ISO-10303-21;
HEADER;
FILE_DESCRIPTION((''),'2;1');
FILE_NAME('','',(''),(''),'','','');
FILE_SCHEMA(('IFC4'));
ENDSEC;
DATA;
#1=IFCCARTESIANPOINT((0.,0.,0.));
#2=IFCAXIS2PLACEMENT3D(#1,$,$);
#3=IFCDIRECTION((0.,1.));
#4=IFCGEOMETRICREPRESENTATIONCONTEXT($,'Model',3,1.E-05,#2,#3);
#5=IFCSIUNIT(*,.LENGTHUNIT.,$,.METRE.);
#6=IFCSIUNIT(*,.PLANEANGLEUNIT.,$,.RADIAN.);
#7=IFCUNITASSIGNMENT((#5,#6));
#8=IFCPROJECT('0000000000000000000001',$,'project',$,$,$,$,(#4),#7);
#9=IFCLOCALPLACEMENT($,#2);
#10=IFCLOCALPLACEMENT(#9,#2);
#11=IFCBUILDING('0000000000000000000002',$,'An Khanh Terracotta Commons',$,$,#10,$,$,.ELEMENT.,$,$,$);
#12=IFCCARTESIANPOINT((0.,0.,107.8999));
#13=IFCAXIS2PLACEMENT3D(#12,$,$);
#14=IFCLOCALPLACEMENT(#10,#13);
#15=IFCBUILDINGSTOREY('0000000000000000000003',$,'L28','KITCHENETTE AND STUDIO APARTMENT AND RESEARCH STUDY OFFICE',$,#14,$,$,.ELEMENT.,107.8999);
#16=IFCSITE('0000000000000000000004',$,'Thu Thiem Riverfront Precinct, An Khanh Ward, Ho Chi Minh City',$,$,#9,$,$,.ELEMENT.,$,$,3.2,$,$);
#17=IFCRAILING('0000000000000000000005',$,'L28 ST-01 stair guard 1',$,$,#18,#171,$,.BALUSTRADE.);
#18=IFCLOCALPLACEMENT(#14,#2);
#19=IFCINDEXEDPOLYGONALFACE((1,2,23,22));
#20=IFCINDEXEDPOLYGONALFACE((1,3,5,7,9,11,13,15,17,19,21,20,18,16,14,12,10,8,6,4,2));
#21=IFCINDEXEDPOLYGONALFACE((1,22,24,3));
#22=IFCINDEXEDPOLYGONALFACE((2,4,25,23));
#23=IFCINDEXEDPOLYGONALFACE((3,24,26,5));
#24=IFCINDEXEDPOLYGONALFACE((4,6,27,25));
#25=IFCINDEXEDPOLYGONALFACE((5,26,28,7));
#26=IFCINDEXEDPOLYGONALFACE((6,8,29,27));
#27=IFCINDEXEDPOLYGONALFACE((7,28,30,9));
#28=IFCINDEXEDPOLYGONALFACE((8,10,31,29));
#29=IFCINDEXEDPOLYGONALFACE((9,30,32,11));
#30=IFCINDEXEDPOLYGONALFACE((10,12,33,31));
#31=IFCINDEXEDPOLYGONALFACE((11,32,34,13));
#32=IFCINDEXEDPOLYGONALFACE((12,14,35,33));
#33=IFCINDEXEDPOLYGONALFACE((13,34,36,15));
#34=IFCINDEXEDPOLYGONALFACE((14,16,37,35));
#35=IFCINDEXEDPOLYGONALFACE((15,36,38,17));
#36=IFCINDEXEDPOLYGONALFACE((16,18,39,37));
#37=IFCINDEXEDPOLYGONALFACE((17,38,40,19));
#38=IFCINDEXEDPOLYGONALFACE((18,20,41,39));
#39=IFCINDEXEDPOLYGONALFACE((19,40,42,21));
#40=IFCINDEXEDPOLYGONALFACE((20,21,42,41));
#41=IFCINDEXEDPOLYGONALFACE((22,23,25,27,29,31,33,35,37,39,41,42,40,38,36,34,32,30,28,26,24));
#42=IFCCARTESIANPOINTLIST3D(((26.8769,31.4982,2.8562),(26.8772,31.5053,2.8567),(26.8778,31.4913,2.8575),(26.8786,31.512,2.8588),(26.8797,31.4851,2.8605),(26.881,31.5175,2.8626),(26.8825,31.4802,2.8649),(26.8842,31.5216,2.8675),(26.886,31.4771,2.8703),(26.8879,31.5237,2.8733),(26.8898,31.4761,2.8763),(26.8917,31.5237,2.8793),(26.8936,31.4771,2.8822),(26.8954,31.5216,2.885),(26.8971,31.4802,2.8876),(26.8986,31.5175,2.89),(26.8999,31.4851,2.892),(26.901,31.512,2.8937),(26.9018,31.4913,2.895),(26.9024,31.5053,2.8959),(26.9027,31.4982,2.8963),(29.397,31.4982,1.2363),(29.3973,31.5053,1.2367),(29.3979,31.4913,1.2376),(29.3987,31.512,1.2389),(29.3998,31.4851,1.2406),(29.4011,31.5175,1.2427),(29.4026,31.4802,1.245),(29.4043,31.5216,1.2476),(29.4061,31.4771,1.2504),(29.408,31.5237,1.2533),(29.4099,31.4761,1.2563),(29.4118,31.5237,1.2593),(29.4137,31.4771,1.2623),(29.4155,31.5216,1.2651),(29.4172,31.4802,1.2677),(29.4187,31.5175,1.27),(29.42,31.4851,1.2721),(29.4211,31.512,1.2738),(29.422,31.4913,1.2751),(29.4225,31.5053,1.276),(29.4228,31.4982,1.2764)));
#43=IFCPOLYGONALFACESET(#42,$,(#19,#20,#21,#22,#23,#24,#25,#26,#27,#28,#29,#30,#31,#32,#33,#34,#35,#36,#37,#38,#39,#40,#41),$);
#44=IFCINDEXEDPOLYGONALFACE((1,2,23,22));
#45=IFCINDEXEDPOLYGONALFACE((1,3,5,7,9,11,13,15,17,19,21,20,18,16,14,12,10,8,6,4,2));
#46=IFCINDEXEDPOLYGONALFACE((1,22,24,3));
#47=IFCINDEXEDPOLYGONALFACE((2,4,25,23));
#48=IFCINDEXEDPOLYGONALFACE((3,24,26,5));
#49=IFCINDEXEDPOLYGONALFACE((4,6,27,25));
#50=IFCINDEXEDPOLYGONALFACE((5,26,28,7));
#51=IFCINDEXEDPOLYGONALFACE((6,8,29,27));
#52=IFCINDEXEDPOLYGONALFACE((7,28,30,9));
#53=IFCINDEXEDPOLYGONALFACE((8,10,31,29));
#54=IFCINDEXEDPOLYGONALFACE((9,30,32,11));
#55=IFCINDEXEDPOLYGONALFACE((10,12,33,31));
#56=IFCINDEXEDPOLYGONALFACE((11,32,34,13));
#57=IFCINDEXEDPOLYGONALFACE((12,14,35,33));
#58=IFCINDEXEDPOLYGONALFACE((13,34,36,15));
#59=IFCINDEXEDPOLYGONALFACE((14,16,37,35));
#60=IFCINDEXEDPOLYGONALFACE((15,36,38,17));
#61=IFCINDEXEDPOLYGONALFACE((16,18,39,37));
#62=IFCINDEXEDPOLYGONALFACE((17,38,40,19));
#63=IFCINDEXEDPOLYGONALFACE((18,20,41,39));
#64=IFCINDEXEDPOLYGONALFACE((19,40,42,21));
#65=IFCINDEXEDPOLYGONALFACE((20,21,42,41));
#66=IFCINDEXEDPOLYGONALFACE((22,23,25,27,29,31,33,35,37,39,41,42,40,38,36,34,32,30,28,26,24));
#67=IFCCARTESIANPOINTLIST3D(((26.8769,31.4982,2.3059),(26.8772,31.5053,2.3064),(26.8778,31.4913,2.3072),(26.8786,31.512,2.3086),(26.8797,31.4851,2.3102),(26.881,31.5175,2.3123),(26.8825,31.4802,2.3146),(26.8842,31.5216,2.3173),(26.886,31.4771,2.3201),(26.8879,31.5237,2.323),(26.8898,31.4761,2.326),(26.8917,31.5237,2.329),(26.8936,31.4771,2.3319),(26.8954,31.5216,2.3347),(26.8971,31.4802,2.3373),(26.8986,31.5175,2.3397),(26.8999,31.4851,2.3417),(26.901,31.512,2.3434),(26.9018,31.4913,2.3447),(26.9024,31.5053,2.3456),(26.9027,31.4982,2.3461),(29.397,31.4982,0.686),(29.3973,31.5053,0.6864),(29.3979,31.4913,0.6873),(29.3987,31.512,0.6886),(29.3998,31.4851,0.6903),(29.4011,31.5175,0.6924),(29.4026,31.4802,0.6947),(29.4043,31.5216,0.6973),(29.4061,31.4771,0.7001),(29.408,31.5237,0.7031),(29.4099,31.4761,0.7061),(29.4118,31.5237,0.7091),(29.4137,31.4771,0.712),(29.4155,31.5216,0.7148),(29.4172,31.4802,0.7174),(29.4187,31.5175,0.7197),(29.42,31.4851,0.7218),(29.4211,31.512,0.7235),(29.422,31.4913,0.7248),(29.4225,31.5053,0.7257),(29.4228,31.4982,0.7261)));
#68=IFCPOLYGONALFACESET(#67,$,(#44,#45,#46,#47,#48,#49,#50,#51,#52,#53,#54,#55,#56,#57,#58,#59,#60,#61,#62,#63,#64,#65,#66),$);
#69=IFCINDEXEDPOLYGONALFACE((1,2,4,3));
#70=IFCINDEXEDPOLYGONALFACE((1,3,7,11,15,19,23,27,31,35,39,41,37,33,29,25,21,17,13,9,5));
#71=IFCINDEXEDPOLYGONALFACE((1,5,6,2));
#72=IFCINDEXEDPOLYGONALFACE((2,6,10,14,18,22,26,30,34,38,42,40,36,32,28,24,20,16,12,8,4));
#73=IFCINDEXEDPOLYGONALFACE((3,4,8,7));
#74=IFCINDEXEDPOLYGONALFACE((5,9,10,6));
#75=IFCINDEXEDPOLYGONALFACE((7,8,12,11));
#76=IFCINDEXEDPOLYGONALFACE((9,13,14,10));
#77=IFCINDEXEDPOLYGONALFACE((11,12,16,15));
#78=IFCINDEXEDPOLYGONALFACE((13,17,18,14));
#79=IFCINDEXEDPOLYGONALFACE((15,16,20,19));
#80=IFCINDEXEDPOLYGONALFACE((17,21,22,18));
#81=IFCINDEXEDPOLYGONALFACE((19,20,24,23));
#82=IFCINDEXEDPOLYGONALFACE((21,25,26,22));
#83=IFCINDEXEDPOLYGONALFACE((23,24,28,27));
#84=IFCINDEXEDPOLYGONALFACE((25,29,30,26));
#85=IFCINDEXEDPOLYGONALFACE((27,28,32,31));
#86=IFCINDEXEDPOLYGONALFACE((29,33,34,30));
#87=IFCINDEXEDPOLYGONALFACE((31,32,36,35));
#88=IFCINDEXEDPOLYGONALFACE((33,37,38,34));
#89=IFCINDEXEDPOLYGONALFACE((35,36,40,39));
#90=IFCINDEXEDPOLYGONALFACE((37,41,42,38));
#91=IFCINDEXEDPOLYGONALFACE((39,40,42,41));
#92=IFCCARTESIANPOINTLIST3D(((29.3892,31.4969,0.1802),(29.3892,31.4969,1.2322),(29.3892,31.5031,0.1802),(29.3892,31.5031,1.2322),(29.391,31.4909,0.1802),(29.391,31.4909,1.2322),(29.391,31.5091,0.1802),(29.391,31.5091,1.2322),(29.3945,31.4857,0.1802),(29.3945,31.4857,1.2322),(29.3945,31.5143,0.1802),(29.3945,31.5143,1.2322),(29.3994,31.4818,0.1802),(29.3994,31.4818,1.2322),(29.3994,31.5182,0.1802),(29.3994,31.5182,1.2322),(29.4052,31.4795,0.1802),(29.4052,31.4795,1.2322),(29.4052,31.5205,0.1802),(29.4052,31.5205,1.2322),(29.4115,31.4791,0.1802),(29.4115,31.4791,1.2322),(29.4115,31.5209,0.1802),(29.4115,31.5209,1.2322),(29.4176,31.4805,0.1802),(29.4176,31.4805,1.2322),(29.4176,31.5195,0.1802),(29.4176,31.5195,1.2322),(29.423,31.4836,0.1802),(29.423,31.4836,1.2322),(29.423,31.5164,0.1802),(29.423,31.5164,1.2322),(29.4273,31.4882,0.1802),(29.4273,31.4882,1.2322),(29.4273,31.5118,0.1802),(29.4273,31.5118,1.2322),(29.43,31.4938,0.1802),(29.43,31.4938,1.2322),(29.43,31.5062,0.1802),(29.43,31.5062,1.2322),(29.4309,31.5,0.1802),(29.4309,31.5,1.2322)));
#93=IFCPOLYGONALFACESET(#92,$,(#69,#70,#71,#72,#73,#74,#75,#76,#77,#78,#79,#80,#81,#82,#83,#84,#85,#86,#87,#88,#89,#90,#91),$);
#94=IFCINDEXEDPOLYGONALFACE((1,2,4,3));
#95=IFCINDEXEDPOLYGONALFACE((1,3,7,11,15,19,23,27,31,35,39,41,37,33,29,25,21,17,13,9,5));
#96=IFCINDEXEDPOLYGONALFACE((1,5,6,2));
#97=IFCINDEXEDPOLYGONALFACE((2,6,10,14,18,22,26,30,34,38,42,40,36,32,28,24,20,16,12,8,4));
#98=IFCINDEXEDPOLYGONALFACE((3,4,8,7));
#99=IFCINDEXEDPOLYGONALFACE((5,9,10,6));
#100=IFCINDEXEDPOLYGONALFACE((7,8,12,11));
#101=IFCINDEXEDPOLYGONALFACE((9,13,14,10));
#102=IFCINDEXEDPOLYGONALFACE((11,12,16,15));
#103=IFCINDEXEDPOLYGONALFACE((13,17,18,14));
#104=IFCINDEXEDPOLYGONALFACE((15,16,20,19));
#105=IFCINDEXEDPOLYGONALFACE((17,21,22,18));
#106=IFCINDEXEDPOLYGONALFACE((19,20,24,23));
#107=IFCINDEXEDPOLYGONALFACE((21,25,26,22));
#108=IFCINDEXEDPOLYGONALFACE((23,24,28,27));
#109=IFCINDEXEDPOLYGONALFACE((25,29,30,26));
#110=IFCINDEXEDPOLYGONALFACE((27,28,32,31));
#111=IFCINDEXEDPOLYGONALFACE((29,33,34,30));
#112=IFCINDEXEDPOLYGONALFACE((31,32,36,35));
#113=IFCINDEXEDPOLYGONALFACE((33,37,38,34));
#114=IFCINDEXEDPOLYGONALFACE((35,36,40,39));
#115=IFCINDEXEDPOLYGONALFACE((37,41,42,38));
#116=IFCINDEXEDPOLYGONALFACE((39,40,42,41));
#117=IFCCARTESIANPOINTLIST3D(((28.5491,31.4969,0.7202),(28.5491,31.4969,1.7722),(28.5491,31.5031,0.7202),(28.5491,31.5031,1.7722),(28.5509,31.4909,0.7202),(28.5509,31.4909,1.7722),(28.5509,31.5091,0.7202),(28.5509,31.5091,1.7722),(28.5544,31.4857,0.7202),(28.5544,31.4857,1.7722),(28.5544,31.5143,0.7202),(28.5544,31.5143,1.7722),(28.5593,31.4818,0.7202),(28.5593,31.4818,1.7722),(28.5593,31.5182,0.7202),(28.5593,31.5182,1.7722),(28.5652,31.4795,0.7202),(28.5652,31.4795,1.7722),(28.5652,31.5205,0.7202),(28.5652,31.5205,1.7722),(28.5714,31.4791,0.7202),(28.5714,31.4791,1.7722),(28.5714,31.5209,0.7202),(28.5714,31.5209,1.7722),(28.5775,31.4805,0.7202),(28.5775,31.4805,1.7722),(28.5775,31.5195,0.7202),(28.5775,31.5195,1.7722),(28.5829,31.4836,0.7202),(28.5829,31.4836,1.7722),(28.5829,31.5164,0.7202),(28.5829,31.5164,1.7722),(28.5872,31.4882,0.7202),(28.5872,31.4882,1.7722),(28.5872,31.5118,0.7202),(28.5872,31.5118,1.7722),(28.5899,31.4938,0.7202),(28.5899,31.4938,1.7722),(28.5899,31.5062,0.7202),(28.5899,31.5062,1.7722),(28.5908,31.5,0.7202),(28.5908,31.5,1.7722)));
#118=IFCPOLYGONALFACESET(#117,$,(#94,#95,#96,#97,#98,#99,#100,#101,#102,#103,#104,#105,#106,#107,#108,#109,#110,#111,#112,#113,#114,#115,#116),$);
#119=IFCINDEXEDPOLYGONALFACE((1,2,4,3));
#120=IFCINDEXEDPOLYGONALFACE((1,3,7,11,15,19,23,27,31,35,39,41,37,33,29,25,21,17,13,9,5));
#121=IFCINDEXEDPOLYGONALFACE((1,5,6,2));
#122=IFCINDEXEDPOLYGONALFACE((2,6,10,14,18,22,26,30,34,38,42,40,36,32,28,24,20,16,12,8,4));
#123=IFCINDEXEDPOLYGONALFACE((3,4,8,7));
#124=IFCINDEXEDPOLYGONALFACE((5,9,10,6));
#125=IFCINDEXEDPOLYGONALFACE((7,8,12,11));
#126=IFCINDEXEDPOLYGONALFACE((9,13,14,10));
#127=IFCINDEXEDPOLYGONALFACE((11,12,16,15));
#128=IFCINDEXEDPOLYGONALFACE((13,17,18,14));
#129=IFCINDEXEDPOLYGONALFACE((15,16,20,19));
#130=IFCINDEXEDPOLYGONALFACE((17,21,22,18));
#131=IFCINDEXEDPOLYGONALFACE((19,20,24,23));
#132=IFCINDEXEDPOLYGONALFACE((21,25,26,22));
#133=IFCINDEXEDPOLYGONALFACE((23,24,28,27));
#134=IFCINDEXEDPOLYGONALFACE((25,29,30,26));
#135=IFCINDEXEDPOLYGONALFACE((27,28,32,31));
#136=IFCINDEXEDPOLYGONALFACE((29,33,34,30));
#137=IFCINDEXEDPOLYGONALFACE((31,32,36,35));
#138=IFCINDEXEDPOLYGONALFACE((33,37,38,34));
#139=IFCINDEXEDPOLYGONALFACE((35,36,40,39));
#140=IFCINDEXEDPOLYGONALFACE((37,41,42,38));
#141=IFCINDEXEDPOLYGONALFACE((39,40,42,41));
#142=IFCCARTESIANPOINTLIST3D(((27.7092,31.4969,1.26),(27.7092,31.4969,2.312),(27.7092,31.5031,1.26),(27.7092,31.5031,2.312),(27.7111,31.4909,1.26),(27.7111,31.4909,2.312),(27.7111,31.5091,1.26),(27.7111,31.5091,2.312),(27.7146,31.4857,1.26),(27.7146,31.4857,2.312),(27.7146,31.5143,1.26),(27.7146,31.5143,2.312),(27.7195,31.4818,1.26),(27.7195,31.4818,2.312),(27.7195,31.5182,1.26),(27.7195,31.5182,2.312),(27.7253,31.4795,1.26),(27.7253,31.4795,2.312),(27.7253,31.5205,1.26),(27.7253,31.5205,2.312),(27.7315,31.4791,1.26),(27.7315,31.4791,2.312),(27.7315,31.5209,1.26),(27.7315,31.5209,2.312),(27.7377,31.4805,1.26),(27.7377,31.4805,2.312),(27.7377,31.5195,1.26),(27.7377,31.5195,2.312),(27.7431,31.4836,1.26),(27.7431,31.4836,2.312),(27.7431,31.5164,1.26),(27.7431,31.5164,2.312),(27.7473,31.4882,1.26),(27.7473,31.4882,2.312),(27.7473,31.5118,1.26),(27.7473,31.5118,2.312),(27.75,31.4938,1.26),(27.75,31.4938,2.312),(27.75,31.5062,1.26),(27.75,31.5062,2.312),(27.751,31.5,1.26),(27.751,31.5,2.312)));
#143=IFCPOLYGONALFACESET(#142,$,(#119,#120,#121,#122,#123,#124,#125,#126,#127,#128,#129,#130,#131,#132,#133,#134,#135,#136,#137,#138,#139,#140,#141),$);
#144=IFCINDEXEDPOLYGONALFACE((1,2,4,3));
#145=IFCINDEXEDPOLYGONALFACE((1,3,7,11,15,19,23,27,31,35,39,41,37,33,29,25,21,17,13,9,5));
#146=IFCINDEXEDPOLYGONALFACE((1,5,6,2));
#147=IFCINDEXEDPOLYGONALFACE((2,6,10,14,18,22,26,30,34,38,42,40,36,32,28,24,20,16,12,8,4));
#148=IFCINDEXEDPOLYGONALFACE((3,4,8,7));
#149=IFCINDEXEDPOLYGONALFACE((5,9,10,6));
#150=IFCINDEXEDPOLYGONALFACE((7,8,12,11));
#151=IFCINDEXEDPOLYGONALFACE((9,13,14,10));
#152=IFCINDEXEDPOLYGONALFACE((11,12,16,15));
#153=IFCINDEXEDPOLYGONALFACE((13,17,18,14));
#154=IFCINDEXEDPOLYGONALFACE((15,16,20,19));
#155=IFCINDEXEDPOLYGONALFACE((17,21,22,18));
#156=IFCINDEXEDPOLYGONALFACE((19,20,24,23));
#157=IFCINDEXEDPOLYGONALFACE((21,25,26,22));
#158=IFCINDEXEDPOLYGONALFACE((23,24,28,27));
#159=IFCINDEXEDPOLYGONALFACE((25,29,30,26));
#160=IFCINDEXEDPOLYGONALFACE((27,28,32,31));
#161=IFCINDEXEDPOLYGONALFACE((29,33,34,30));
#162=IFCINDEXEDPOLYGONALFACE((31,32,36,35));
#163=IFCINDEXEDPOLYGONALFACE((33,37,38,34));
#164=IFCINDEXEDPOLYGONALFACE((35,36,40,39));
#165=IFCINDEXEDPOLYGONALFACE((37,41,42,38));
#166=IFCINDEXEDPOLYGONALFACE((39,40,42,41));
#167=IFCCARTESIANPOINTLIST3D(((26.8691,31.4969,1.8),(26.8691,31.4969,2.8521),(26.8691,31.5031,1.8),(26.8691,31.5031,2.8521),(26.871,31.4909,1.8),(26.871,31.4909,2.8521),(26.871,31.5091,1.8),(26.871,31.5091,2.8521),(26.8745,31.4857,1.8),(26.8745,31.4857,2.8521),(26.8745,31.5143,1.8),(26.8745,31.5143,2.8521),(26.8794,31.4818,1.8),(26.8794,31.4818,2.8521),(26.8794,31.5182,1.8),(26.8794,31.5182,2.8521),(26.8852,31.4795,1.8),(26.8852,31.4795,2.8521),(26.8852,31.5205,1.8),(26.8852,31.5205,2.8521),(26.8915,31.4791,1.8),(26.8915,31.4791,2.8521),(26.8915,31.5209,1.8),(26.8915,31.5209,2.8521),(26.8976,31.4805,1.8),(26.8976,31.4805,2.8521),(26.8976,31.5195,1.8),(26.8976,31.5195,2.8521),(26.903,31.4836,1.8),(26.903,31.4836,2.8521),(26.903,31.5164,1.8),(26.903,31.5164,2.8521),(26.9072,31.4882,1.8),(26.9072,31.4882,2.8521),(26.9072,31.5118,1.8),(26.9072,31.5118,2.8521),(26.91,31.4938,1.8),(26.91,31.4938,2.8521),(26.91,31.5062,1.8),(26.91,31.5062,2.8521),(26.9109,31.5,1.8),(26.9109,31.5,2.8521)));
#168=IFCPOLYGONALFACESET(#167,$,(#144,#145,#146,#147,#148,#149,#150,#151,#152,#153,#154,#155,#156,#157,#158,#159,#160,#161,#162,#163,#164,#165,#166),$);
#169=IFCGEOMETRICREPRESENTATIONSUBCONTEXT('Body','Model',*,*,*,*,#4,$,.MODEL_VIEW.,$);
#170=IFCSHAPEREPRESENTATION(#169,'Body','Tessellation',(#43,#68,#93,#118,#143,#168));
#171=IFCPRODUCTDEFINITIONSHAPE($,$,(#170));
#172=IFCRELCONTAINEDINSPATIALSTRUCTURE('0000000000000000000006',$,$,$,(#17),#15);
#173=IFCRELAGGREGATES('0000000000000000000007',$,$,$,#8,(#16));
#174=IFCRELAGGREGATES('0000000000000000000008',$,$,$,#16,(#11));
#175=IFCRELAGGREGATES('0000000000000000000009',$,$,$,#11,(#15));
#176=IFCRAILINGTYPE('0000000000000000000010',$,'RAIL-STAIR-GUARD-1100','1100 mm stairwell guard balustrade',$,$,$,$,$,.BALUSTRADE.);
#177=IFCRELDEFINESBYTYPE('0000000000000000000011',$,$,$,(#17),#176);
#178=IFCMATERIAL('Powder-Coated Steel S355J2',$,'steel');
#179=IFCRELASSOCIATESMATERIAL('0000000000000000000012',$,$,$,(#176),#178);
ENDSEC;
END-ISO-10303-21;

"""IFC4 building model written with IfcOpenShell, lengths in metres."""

from ifc_helpers import new_model, si_unit, direction, frame, origin, origin_2d, place, context, subcontext, project, spatial, circle, extrude, material, type_object, element, save


model = new_model("IFC4")

# Units and contexts
model_context = context("Model", 3, precision=1e-05, world=origin(), true_north=direction((0.0, 1.0)))
body_context = subcontext(model_context, "Body", "Model", "MODEL_VIEW")
ifc_project = project(units=[si_unit("LENGTHUNIT", "METRE"), si_unit("PLANEANGLEUNIT", "RADIAN")], contexts=[model_context])

# Site, building, storey
site_placement = place(None, origin())
site = spatial("IfcSite", under=ifc_project, at=site_placement, Name="Thu Thiem Riverfront Precinct, An Khanh Ward, Ho Chi Minh City", CompositionType="ELEMENT", RefElevation=3.2)
building_placement = place(site_placement, origin())
building = spatial("IfcBuilding", under=site, at=building_placement, Name="An Khanh Terracotta Commons", CompositionType="ELEMENT")
storey_placement = place(building_placement, frame((0.0, 0.0, 107.8999)))
storey = spatial("IfcBuildingStorey", under=building, at=storey_placement, Name="L28", Description="KITCHENETTE AND STUDIO APARTMENT AND RESEARCH STUDY OFFICE", CompositionType="ELEMENT", Elevation=107.8999)

# Railing
ifc_material_1 = material(Name="Powder-Coated Steel S355J2", Category="steel")
railing_type_1 = type_object("IfcRailingType", Name="RAIL-STAIR-GUARD-1100", Description="1100 mm stairwell guard balustrade", PredefinedType="BALUSTRADE", material=ifc_material_1)
railing_1_placement = place(storey_placement, frame((29.4099, 31.5, 0.1802)))
element("IfcRailing", 1, at=railing_1_placement, inside=storey, type_object=railing_type_1, Name="L28 ST-01 stair guard 1", PredefinedType="BALUSTRADE", context=body_context, shape_type="SweptSolid", body=[
    extrude(circle(Radius=0.0239, at=origin_2d()), frame((0.0, 0.0, 1.0762), z_axis=(-0.8412, 0.0, 0.540725), x_axis=(0.0, -1.0, 0.0)), (0.0, 0.0, 1.0), 2.9958),
    extrude(circle(Radius=0.0239, at=origin_2d()), frame((0.0, 0.0, 0.5259), z_axis=(-0.8412, 0.0, 0.540725), x_axis=(0.0, -1.0, 0.0)), (0.0, 0.0, 1.0), 2.9958),
    extrude(circle(Radius=0.021, at=origin_2d()), origin(), (0.0, 0.0, 1.0), 1.052),
    extrude(circle(Radius=0.021, at=origin_2d()), frame((-0.8401, 0.0, 0.54)), (0.0, 0.0, 1.0), 1.052),
    extrude(circle(Radius=0.021, at=origin_2d()), frame((-1.6799, 0.0, 1.0798)), (0.0, 0.0, 1.0), 1.052),
    extrude(circle(Radius=0.021, at=origin_2d()), frame((-2.52, 0.0, 1.6199)), (0.0, 0.0, 1.0), 1.052),
])

save(model, "model.ifc")
